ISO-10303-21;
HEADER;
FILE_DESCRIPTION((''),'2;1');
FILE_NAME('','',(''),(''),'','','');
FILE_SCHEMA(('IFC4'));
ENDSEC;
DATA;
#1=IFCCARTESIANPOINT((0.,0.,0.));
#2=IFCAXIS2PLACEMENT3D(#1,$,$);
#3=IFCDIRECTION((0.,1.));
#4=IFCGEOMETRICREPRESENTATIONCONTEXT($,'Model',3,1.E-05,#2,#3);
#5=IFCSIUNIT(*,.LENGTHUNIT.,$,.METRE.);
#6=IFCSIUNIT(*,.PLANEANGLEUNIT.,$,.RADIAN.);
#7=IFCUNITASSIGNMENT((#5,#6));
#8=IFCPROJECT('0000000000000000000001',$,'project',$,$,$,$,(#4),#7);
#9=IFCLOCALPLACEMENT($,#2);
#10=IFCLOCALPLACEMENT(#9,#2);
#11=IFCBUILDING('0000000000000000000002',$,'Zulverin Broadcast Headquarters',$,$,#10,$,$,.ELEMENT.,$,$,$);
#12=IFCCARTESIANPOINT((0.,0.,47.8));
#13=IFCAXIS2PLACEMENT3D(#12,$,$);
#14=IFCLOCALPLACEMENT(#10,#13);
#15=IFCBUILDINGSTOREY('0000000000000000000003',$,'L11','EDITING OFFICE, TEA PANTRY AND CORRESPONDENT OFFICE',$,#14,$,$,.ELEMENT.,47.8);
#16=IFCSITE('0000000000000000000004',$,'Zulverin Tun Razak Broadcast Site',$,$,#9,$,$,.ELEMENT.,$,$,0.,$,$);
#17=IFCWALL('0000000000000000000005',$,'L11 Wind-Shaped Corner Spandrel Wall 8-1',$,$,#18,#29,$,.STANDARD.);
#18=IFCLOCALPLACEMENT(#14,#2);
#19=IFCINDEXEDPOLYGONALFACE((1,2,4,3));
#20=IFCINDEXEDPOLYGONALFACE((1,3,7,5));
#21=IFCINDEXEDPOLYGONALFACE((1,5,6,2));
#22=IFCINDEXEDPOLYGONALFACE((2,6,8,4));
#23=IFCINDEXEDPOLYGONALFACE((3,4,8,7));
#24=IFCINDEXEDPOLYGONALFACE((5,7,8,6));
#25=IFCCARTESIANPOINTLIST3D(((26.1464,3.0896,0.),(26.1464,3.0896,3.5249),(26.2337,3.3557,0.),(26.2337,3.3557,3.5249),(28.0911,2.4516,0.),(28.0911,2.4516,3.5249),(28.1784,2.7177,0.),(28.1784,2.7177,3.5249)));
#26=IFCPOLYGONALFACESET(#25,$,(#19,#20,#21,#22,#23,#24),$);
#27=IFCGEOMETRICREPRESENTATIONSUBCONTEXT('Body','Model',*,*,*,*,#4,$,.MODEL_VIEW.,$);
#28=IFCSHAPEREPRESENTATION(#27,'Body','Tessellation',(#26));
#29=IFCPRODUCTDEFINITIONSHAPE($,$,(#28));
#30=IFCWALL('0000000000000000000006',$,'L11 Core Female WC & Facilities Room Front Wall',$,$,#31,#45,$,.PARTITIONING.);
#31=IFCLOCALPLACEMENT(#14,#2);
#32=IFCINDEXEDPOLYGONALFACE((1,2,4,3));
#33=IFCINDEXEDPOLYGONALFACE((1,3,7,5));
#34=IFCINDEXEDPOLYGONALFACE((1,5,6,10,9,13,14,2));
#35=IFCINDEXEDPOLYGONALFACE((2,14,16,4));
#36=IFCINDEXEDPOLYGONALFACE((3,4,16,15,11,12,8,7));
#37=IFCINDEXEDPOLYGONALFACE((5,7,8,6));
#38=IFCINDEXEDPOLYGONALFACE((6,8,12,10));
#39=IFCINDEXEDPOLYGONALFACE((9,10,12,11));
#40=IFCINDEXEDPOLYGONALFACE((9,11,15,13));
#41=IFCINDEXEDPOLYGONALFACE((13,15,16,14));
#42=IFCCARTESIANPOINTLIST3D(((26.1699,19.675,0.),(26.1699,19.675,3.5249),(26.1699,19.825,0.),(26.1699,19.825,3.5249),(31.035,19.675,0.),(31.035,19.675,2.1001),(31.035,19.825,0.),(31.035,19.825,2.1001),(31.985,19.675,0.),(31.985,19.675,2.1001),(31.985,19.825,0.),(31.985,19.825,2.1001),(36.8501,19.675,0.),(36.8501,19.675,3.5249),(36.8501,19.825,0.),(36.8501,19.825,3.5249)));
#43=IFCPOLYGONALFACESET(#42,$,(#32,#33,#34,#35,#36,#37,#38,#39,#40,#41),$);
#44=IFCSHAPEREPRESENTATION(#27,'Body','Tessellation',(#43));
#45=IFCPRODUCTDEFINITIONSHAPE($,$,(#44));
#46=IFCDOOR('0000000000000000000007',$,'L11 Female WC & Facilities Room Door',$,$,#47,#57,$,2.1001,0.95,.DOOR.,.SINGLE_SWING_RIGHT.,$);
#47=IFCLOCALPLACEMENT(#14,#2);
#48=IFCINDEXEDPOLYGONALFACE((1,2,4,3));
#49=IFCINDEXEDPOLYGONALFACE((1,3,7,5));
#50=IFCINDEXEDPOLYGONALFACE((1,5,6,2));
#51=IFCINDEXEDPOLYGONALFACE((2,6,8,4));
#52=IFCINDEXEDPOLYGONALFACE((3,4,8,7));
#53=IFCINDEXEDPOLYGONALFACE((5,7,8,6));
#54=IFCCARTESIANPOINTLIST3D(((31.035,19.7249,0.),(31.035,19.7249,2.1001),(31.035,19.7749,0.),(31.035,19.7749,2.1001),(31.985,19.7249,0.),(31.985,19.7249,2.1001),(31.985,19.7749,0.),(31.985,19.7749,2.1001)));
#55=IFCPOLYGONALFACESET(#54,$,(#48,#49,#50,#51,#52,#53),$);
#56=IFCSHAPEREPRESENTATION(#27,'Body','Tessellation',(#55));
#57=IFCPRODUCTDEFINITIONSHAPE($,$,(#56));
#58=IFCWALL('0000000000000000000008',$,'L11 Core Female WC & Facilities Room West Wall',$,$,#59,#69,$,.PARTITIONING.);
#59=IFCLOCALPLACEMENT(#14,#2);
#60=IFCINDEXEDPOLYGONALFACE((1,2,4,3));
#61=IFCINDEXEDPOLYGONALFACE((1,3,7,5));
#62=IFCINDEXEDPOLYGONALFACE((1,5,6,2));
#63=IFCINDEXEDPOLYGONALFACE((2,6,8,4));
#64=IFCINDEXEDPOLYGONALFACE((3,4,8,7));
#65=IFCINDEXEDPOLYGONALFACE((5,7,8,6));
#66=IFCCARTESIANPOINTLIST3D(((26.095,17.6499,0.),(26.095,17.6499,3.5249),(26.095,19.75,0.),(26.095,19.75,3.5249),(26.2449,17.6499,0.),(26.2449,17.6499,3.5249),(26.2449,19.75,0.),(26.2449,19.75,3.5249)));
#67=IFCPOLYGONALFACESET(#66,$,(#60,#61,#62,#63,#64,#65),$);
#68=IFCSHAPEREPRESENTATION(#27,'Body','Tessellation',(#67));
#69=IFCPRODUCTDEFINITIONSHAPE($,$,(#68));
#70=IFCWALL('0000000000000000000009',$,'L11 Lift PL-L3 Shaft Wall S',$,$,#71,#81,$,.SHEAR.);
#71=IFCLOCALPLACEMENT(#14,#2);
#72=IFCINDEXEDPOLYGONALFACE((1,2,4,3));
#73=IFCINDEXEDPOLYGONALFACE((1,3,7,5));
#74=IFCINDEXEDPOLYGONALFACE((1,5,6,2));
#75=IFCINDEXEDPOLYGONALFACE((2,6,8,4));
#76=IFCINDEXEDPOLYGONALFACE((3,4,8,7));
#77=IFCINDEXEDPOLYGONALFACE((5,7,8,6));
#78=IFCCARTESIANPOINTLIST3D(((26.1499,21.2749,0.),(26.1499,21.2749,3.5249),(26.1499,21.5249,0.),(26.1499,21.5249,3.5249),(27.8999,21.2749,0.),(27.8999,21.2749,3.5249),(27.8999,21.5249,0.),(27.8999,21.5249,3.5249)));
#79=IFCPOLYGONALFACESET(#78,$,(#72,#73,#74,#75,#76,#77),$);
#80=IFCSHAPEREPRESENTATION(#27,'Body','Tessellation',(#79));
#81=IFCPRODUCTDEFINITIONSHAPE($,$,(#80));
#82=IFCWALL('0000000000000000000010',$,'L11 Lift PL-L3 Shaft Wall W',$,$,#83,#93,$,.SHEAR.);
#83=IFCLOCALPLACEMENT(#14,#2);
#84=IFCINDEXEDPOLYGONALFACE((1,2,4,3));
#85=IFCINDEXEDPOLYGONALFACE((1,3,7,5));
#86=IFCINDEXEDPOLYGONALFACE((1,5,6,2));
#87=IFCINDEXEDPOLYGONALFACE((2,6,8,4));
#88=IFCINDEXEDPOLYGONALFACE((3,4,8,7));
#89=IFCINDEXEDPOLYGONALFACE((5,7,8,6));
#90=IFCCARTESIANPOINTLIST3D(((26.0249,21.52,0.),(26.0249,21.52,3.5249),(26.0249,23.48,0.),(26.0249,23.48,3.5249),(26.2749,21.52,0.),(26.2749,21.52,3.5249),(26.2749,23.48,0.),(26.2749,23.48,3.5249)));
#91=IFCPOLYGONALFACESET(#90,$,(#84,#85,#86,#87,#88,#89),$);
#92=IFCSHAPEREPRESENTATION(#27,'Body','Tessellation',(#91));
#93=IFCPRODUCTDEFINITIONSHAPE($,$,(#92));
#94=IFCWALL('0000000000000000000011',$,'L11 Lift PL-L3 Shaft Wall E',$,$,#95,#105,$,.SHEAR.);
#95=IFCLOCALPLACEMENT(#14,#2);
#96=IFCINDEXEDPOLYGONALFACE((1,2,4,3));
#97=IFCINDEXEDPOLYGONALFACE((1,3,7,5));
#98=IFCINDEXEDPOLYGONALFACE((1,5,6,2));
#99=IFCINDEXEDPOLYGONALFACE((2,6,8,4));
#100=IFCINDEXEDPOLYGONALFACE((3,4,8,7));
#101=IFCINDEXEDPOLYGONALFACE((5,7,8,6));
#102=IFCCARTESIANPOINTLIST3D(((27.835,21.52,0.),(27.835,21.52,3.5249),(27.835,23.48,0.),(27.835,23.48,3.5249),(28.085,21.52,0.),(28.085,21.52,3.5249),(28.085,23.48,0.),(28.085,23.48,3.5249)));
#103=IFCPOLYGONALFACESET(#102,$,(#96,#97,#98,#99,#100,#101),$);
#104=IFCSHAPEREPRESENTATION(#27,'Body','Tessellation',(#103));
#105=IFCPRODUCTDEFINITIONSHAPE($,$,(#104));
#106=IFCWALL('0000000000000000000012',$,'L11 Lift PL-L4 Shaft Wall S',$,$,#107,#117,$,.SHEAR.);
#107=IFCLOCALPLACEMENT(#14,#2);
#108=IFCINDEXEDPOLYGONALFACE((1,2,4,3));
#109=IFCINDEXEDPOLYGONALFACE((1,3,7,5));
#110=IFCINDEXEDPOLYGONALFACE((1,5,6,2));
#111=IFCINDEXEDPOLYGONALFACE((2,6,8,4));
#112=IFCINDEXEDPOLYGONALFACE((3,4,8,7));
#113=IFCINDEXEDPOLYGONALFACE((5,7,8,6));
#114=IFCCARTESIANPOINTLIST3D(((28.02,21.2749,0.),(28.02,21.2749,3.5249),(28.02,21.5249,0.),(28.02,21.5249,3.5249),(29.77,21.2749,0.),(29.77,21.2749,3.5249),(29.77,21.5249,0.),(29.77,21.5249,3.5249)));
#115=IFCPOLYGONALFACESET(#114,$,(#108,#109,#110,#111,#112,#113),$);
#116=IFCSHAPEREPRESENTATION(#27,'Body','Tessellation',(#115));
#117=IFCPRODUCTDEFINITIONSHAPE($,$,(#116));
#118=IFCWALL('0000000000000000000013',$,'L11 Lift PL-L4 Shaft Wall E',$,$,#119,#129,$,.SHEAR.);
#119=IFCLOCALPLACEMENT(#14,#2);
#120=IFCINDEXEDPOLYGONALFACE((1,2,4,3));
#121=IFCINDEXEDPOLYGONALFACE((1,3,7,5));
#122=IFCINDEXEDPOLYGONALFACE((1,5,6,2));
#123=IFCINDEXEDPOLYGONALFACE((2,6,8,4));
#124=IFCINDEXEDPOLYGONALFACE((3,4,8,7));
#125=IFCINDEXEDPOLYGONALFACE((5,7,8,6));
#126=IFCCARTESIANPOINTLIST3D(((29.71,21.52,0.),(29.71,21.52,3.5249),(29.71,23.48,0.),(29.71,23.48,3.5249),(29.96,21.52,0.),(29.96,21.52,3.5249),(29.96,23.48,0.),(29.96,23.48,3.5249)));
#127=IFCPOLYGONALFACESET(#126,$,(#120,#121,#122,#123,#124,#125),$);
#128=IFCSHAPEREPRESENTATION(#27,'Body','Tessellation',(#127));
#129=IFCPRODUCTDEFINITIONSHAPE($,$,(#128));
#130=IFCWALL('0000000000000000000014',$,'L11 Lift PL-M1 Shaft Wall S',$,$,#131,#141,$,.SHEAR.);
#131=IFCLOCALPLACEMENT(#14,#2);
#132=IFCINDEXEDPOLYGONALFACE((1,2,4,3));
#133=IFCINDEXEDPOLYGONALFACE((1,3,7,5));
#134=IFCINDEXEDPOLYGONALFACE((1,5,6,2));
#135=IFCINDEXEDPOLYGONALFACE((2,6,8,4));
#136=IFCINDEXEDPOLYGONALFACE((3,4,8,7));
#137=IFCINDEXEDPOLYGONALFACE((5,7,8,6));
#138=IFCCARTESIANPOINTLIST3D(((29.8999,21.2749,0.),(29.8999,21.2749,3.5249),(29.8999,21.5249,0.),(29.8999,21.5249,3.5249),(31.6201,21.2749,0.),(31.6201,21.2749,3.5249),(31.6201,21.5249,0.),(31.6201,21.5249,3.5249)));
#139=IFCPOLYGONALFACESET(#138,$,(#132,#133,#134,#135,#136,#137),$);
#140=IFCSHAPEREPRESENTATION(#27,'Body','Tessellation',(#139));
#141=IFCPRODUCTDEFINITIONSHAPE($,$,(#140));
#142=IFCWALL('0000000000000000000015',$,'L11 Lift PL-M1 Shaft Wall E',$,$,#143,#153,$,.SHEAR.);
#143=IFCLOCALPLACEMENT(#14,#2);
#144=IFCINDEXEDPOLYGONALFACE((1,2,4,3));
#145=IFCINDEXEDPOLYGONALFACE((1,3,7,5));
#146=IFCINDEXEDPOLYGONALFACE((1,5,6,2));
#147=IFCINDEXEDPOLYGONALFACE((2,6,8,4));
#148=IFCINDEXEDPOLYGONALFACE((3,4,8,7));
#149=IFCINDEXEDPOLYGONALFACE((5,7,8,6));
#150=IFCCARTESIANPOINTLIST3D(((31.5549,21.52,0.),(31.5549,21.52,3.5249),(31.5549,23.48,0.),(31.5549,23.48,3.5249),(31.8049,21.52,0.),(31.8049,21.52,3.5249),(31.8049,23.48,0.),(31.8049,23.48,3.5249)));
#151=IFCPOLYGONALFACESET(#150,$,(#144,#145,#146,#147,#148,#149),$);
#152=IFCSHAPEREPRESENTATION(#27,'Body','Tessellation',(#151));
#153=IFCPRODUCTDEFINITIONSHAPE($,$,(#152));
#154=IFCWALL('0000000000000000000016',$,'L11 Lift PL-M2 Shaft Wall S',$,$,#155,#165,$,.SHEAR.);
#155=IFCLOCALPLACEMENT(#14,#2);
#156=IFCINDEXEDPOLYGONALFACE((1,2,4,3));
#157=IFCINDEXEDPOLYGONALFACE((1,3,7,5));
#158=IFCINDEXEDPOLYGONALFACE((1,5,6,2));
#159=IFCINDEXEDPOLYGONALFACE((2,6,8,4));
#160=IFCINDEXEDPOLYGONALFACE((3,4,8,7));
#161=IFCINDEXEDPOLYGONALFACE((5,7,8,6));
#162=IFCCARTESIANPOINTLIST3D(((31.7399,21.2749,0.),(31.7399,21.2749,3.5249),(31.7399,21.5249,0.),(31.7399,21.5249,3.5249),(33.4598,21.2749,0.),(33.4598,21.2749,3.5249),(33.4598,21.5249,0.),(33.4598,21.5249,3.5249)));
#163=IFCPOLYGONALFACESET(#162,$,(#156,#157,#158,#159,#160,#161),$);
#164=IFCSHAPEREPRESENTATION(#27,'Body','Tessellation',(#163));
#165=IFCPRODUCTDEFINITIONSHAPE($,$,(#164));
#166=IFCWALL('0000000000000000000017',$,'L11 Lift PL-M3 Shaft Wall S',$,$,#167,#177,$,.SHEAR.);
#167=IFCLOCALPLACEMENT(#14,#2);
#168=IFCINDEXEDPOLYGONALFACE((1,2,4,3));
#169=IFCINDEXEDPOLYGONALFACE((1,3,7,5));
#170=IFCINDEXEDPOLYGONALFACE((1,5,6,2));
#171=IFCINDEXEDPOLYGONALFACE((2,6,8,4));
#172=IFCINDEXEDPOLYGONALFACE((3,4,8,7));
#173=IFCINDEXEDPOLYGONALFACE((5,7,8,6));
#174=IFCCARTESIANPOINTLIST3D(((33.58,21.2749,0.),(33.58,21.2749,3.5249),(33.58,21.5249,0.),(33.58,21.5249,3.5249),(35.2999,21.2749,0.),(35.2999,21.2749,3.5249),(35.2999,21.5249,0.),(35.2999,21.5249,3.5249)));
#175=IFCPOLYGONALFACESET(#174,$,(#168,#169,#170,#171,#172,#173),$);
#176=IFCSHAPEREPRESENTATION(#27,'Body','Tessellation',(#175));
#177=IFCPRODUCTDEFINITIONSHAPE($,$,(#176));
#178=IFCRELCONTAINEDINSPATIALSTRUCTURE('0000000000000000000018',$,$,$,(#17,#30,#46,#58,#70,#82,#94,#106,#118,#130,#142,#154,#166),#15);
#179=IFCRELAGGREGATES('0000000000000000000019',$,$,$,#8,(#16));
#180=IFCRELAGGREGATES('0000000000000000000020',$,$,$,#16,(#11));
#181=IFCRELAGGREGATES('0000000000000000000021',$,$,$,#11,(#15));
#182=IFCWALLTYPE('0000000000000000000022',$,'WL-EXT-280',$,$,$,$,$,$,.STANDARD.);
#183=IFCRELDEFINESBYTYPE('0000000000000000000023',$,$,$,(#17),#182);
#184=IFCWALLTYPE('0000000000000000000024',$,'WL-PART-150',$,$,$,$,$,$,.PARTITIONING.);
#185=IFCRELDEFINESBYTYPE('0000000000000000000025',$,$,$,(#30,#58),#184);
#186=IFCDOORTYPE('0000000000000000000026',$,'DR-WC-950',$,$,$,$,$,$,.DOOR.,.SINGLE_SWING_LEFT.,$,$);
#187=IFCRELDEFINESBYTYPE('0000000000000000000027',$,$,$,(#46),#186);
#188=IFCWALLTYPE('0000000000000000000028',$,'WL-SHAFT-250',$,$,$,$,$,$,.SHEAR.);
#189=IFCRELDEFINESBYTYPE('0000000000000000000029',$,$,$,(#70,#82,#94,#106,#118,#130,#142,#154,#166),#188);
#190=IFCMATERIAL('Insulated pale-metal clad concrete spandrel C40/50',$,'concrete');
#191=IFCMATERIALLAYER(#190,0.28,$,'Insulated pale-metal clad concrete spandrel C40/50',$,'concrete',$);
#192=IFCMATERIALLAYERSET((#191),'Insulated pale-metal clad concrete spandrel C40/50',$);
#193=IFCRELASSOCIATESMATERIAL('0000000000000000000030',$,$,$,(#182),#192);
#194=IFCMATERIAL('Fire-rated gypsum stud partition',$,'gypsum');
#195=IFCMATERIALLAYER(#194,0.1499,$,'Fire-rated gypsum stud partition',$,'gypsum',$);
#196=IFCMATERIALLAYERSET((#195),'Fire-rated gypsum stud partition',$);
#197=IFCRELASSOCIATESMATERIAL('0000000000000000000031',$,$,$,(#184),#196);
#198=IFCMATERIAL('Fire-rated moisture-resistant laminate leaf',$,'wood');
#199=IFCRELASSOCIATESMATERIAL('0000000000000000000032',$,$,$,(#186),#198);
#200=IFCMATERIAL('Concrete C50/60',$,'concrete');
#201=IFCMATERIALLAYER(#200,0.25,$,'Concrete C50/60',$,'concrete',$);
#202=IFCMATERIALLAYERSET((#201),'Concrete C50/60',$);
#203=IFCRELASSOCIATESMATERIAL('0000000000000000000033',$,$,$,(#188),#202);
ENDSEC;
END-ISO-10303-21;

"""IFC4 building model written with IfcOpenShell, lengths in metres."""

from ifc_helpers import new_model, si_unit, direction, frame, frame_2d, origin, place, context, subcontext, project, spatial, rectangle, extrude, material, layer, layer_set, type_object, element, fill, save


model = new_model("IFC4")

# Units and contexts
model_context = context("Model", 3, precision=1e-05, world=origin(), true_north=direction((0.0, 1.0)))
body_context = subcontext(model_context, "Body", "Model", "MODEL_VIEW")
ifc_project = project(units=[si_unit("LENGTHUNIT", "METRE"), si_unit("PLANEANGLEUNIT", "RADIAN")], contexts=[model_context])

# Site, building, storey
site_placement = place(None, origin())
site = spatial("IfcSite", under=ifc_project, at=site_placement, Name="Zulverin Tun Razak Broadcast Site", CompositionType="ELEMENT", RefElevation=0.0)
building_placement = place(site_placement, origin())
building = spatial("IfcBuilding", under=site, at=building_placement, Name="Zulverin Broadcast Headquarters", CompositionType="ELEMENT")
storey_placement = place(building_placement, frame((0.0, 0.0, 47.8)))
storey = spatial("IfcBuildingStorey", under=building, at=storey_placement, Name="L11", Description="EDITING OFFICE, TEA PANTRY AND CORRESPONDENT OFFICE", CompositionType="ELEMENT", Elevation=47.8)

# Wall
ifc_material_1 = material(Name="Insulated pale-metal clad concrete spandrel C40/50", Category="concrete")
ifc_layer_1 = layer(ifc_material_1, 0.28, Name="Insulated pale-metal clad concrete spandrel C40/50", Category="concrete")
ifc_layer_set_1 = layer_set([ifc_layer_1], Name="Insulated pale-metal clad concrete spandrel C40/50")
wall_type_1 = type_object("IfcWallType", Name="WL-EXT-280", PredefinedType="STANDARD", material=ifc_layer_set_1)
wall_1_placement = place(storey_placement, frame((26.1899, 3.2227, 0.0), z_axis=(0.0, 0.0, 1.0), x_axis=(0.950176, -0.311715, 0.0)))
element("IfcWall", 1, at=wall_1_placement, inside=storey, type_object=wall_type_1, Name="L11 Wind-Shaped Corner Spandrel Wall 8-1", PredefinedType="STANDARD", context=body_context, shape_type="SweptSolid", body=[
    extrude(rectangle(XDim=2.0466, YDim=0.28, at=frame_2d((1.0234, 0.0))), origin(), (0.0, 0.0, 1.0), 3.5249),
])

# Wall, opening, door
ifc_material_2 = material(Name="Fire-rated gypsum stud partition", Category="gypsum")
ifc_layer_2 = layer(ifc_material_2, 0.1499, Name="Fire-rated gypsum stud partition", Category="gypsum")
ifc_layer_set_2 = layer_set([ifc_layer_2], Name="Fire-rated gypsum stud partition")
wall_type_2 = type_object("IfcWallType", Name="WL-PART-150", PredefinedType="PARTITIONING", material=ifc_layer_set_2)
wall_2_placement = place(storey_placement, frame((26.1699, 19.75, 0.0), z_axis=(0.0, 0.0, 1.0), x_axis=(1.0, 0.0, 0.0)))
wall_2 = element("IfcWall", 2, at=wall_2_placement, inside=storey, type_object=wall_type_2, Name="L11 Core Female WC & Facilities Room Front Wall", PredefinedType="PARTITIONING", context=body_context, shape_type="SweptSolid", body=[
    extrude(rectangle(XDim=10.6802, YDim=0.1499, at=frame_2d((5.3401, 0.0))), origin(), (0.0, 0.0, 1.0), 3.5249),
])
opening_placement = place(wall_2_placement, frame((4.865, 0.0, 0.0)))
opening = element("IfcOpeningElement", 3, at=opening_placement, cuts=wall_2, PredefinedType="OPENING", context=body_context, shape_type="SweptSolid", body=[
    extrude(rectangle(XDim=0.95, YDim=2.1001, at=frame_2d((0.4751, 1.05))), frame((0.0, 0.085, 0.0), z_axis=(0.0, -1.0, 0.0), x_axis=(1.0, 0.0, 0.0)), (0.0, 0.0, 1.0), 0.1699),
])
ifc_material_3 = material(Name="Fire-rated moisture-resistant laminate leaf", Category="wood")
door_type = type_object("IfcDoorType", Name="DR-WC-950", OperationType="SINGLE_SWING_LEFT", PredefinedType="DOOR", material=ifc_material_3)
door_placement = place(opening_placement, origin())
door = element("IfcDoor", 4, at=door_placement, inside=storey, type_object=door_type, Name="L11 Female WC & Facilities Room Door", OperationType="SINGLE_SWING_RIGHT", OverallHeight=2.1001, OverallWidth=0.95, PredefinedType="DOOR", context=body_context, shape_type="SweptSolid", body=[
    extrude(rectangle(XDim=0.95, YDim=2.1001, at=frame_2d((0.4751, 1.05))), frame((0.0, 0.0249, 0.0), z_axis=(0.0, -1.0, 0.0), x_axis=(1.0, 0.0, 0.0)), (0.0, 0.0, 1.0), 0.05),
])
fill(opening, door)

# Walls
wall_3_placement = place(storey_placement, frame((26.1699, 17.6499, 0.0), z_axis=(0.0, 0.0, 1.0), x_axis=(0.0, 1.0, 0.0)))
element("IfcWall", 5, at=wall_3_placement, inside=storey, type_object=wall_type_2, Name="L11 Core Female WC & Facilities Room West Wall", PredefinedType="PARTITIONING", context=body_context, shape_type="SweptSolid", body=[
    extrude(rectangle(XDim=2.1001, YDim=0.1499, at=frame_2d((1.05, 0.0))), origin(), (0.0, 0.0, 1.0), 3.5249),
])
ifc_material_4 = material(Name="Concrete C50/60", Category="concrete")
ifc_layer_3 = layer(ifc_material_4, 0.25, Name="Concrete C50/60", Category="concrete")
ifc_layer_set_3 = layer_set([ifc_layer_3], Name="Concrete C50/60")
wall_type_3 = type_object("IfcWallType", Name="WL-SHAFT-250", PredefinedType="SHEAR", material=ifc_layer_set_3)
wall_4_placement = place(storey_placement, frame((26.1499, 21.3999, 0.0), z_axis=(0.0, 0.0, 1.0), x_axis=(1.0, 0.0, 0.0)))
element("IfcWall", 6, at=wall_4_placement, inside=storey, type_object=wall_type_3, Name="L11 Lift PL-L3 Shaft Wall S", PredefinedType="SHEAR", context=body_context, shape_type="SweptSolid", body=[
    extrude(rectangle(XDim=1.75, YDim=0.25, at=frame_2d((0.875, 0.0))), origin(), (0.0, 0.0, 1.0), 3.5249),
])
for number, where, z_axis, x_axis, name in (
    (7, (26.1499, 21.52, 0.0), (0.0, 0.0, 1.0), (0.0, 1.0, 0.0), "L11 Lift PL-L3 Shaft Wall W"),
    (8, (27.96, 21.52, 0.0), (0.0, 0.0, 1.0), (0.0, 1.0, 0.0), "L11 Lift PL-L3 Shaft Wall E"),
):
    element("IfcWall", number, at=place(storey_placement, frame(where, z_axis=z_axis, x_axis=x_axis)), inside=storey, type_object=wall_type_3, Name=name, PredefinedType="SHEAR", context=body_context, shape_type="SweptSolid", body=[
        extrude(rectangle(XDim=1.96, YDim=0.25, at=frame_2d((0.98, 0.0))), origin(), (0.0, 0.0, 1.0), 3.5249),
    ])
wall_5_placement = place(storey_placement, frame((28.02, 21.3999, 0.0), z_axis=(0.0, 0.0, 1.0), x_axis=(1.0, 0.0, 0.0)))
element("IfcWall", 9, at=wall_5_placement, inside=storey, type_object=wall_type_3, Name="L11 Lift PL-L4 Shaft Wall S", PredefinedType="SHEAR", context=body_context, shape_type="SweptSolid", body=[
    extrude(rectangle(XDim=1.75, YDim=0.25, at=frame_2d((0.875, 0.0))), origin(), (0.0, 0.0, 1.0), 3.5249),
])
wall_6_placement = place(storey_placement, frame((29.835, 21.52, 0.0), z_axis=(0.0, 0.0, 1.0), x_axis=(0.0, 1.0, 0.0)))
element("IfcWall", 10, at=wall_6_placement, inside=storey, type_object=wall_type_3, Name="L11 Lift PL-L4 Shaft Wall E", PredefinedType="SHEAR", context=body_context, shape_type="SweptSolid", body=[
    extrude(rectangle(XDim=1.96, YDim=0.25, at=frame_2d((0.98, 0.0))), origin(), (0.0, 0.0, 1.0), 3.5249),
])
wall_7_placement = place(storey_placement, frame((29.8999, 21.3999, 0.0), z_axis=(0.0, 0.0, 1.0), x_axis=(1.0, 0.0, 0.0)))
element("IfcWall", 11, at=wall_7_placement, inside=storey, type_object=wall_type_3, Name="L11 Lift PL-M1 Shaft Wall S", PredefinedType="SHEAR", context=body_context, shape_type="SweptSolid", body=[
    extrude(rectangle(XDim=1.7202, YDim=0.25, at=frame_2d((0.8601, 0.0))), origin(), (0.0, 0.0, 1.0), 3.5249),
])
wall_8_placement = place(storey_placement, frame((31.6799, 21.52, 0.0), z_axis=(0.0, 0.0, 1.0), x_axis=(0.0, 1.0, 0.0)))
element("IfcWall", 12, at=wall_8_placement, inside=storey, type_object=wall_type_3, Name="L11 Lift PL-M1 Shaft Wall E", PredefinedType="SHEAR", context=body_context, shape_type="SweptSolid", body=[
    extrude(rectangle(XDim=1.96, YDim=0.25, at=frame_2d((0.98, 0.0))), origin(), (0.0, 0.0, 1.0), 3.5249),
])
for number, where, z_axis, x_axis, name in (
    (13, (31.74, 21.3999, 0.0), (0.0, 0.0, 1.0), (1.0, 0.0, 0.0), "L11 Lift PL-M2 Shaft Wall S"),
    (14, (33.5801, 21.3999, 0.0), (0.0, 0.0, 1.0), (1.0, 0.0, 0.0), "L11 Lift PL-M3 Shaft Wall S"),
):
    element("IfcWall", number, at=place(storey_placement, frame(where, z_axis=z_axis, x_axis=x_axis)), inside=storey, type_object=wall_type_3, Name=name, PredefinedType="SHEAR", context=body_context, shape_type="SweptSolid", body=[
        extrude(rectangle(XDim=1.72, YDim=0.25, at=frame_2d((0.8599, 0.0))), origin(), (0.0, 0.0, 1.0), 3.5249),
    ])

save(model, "model.ifc")
